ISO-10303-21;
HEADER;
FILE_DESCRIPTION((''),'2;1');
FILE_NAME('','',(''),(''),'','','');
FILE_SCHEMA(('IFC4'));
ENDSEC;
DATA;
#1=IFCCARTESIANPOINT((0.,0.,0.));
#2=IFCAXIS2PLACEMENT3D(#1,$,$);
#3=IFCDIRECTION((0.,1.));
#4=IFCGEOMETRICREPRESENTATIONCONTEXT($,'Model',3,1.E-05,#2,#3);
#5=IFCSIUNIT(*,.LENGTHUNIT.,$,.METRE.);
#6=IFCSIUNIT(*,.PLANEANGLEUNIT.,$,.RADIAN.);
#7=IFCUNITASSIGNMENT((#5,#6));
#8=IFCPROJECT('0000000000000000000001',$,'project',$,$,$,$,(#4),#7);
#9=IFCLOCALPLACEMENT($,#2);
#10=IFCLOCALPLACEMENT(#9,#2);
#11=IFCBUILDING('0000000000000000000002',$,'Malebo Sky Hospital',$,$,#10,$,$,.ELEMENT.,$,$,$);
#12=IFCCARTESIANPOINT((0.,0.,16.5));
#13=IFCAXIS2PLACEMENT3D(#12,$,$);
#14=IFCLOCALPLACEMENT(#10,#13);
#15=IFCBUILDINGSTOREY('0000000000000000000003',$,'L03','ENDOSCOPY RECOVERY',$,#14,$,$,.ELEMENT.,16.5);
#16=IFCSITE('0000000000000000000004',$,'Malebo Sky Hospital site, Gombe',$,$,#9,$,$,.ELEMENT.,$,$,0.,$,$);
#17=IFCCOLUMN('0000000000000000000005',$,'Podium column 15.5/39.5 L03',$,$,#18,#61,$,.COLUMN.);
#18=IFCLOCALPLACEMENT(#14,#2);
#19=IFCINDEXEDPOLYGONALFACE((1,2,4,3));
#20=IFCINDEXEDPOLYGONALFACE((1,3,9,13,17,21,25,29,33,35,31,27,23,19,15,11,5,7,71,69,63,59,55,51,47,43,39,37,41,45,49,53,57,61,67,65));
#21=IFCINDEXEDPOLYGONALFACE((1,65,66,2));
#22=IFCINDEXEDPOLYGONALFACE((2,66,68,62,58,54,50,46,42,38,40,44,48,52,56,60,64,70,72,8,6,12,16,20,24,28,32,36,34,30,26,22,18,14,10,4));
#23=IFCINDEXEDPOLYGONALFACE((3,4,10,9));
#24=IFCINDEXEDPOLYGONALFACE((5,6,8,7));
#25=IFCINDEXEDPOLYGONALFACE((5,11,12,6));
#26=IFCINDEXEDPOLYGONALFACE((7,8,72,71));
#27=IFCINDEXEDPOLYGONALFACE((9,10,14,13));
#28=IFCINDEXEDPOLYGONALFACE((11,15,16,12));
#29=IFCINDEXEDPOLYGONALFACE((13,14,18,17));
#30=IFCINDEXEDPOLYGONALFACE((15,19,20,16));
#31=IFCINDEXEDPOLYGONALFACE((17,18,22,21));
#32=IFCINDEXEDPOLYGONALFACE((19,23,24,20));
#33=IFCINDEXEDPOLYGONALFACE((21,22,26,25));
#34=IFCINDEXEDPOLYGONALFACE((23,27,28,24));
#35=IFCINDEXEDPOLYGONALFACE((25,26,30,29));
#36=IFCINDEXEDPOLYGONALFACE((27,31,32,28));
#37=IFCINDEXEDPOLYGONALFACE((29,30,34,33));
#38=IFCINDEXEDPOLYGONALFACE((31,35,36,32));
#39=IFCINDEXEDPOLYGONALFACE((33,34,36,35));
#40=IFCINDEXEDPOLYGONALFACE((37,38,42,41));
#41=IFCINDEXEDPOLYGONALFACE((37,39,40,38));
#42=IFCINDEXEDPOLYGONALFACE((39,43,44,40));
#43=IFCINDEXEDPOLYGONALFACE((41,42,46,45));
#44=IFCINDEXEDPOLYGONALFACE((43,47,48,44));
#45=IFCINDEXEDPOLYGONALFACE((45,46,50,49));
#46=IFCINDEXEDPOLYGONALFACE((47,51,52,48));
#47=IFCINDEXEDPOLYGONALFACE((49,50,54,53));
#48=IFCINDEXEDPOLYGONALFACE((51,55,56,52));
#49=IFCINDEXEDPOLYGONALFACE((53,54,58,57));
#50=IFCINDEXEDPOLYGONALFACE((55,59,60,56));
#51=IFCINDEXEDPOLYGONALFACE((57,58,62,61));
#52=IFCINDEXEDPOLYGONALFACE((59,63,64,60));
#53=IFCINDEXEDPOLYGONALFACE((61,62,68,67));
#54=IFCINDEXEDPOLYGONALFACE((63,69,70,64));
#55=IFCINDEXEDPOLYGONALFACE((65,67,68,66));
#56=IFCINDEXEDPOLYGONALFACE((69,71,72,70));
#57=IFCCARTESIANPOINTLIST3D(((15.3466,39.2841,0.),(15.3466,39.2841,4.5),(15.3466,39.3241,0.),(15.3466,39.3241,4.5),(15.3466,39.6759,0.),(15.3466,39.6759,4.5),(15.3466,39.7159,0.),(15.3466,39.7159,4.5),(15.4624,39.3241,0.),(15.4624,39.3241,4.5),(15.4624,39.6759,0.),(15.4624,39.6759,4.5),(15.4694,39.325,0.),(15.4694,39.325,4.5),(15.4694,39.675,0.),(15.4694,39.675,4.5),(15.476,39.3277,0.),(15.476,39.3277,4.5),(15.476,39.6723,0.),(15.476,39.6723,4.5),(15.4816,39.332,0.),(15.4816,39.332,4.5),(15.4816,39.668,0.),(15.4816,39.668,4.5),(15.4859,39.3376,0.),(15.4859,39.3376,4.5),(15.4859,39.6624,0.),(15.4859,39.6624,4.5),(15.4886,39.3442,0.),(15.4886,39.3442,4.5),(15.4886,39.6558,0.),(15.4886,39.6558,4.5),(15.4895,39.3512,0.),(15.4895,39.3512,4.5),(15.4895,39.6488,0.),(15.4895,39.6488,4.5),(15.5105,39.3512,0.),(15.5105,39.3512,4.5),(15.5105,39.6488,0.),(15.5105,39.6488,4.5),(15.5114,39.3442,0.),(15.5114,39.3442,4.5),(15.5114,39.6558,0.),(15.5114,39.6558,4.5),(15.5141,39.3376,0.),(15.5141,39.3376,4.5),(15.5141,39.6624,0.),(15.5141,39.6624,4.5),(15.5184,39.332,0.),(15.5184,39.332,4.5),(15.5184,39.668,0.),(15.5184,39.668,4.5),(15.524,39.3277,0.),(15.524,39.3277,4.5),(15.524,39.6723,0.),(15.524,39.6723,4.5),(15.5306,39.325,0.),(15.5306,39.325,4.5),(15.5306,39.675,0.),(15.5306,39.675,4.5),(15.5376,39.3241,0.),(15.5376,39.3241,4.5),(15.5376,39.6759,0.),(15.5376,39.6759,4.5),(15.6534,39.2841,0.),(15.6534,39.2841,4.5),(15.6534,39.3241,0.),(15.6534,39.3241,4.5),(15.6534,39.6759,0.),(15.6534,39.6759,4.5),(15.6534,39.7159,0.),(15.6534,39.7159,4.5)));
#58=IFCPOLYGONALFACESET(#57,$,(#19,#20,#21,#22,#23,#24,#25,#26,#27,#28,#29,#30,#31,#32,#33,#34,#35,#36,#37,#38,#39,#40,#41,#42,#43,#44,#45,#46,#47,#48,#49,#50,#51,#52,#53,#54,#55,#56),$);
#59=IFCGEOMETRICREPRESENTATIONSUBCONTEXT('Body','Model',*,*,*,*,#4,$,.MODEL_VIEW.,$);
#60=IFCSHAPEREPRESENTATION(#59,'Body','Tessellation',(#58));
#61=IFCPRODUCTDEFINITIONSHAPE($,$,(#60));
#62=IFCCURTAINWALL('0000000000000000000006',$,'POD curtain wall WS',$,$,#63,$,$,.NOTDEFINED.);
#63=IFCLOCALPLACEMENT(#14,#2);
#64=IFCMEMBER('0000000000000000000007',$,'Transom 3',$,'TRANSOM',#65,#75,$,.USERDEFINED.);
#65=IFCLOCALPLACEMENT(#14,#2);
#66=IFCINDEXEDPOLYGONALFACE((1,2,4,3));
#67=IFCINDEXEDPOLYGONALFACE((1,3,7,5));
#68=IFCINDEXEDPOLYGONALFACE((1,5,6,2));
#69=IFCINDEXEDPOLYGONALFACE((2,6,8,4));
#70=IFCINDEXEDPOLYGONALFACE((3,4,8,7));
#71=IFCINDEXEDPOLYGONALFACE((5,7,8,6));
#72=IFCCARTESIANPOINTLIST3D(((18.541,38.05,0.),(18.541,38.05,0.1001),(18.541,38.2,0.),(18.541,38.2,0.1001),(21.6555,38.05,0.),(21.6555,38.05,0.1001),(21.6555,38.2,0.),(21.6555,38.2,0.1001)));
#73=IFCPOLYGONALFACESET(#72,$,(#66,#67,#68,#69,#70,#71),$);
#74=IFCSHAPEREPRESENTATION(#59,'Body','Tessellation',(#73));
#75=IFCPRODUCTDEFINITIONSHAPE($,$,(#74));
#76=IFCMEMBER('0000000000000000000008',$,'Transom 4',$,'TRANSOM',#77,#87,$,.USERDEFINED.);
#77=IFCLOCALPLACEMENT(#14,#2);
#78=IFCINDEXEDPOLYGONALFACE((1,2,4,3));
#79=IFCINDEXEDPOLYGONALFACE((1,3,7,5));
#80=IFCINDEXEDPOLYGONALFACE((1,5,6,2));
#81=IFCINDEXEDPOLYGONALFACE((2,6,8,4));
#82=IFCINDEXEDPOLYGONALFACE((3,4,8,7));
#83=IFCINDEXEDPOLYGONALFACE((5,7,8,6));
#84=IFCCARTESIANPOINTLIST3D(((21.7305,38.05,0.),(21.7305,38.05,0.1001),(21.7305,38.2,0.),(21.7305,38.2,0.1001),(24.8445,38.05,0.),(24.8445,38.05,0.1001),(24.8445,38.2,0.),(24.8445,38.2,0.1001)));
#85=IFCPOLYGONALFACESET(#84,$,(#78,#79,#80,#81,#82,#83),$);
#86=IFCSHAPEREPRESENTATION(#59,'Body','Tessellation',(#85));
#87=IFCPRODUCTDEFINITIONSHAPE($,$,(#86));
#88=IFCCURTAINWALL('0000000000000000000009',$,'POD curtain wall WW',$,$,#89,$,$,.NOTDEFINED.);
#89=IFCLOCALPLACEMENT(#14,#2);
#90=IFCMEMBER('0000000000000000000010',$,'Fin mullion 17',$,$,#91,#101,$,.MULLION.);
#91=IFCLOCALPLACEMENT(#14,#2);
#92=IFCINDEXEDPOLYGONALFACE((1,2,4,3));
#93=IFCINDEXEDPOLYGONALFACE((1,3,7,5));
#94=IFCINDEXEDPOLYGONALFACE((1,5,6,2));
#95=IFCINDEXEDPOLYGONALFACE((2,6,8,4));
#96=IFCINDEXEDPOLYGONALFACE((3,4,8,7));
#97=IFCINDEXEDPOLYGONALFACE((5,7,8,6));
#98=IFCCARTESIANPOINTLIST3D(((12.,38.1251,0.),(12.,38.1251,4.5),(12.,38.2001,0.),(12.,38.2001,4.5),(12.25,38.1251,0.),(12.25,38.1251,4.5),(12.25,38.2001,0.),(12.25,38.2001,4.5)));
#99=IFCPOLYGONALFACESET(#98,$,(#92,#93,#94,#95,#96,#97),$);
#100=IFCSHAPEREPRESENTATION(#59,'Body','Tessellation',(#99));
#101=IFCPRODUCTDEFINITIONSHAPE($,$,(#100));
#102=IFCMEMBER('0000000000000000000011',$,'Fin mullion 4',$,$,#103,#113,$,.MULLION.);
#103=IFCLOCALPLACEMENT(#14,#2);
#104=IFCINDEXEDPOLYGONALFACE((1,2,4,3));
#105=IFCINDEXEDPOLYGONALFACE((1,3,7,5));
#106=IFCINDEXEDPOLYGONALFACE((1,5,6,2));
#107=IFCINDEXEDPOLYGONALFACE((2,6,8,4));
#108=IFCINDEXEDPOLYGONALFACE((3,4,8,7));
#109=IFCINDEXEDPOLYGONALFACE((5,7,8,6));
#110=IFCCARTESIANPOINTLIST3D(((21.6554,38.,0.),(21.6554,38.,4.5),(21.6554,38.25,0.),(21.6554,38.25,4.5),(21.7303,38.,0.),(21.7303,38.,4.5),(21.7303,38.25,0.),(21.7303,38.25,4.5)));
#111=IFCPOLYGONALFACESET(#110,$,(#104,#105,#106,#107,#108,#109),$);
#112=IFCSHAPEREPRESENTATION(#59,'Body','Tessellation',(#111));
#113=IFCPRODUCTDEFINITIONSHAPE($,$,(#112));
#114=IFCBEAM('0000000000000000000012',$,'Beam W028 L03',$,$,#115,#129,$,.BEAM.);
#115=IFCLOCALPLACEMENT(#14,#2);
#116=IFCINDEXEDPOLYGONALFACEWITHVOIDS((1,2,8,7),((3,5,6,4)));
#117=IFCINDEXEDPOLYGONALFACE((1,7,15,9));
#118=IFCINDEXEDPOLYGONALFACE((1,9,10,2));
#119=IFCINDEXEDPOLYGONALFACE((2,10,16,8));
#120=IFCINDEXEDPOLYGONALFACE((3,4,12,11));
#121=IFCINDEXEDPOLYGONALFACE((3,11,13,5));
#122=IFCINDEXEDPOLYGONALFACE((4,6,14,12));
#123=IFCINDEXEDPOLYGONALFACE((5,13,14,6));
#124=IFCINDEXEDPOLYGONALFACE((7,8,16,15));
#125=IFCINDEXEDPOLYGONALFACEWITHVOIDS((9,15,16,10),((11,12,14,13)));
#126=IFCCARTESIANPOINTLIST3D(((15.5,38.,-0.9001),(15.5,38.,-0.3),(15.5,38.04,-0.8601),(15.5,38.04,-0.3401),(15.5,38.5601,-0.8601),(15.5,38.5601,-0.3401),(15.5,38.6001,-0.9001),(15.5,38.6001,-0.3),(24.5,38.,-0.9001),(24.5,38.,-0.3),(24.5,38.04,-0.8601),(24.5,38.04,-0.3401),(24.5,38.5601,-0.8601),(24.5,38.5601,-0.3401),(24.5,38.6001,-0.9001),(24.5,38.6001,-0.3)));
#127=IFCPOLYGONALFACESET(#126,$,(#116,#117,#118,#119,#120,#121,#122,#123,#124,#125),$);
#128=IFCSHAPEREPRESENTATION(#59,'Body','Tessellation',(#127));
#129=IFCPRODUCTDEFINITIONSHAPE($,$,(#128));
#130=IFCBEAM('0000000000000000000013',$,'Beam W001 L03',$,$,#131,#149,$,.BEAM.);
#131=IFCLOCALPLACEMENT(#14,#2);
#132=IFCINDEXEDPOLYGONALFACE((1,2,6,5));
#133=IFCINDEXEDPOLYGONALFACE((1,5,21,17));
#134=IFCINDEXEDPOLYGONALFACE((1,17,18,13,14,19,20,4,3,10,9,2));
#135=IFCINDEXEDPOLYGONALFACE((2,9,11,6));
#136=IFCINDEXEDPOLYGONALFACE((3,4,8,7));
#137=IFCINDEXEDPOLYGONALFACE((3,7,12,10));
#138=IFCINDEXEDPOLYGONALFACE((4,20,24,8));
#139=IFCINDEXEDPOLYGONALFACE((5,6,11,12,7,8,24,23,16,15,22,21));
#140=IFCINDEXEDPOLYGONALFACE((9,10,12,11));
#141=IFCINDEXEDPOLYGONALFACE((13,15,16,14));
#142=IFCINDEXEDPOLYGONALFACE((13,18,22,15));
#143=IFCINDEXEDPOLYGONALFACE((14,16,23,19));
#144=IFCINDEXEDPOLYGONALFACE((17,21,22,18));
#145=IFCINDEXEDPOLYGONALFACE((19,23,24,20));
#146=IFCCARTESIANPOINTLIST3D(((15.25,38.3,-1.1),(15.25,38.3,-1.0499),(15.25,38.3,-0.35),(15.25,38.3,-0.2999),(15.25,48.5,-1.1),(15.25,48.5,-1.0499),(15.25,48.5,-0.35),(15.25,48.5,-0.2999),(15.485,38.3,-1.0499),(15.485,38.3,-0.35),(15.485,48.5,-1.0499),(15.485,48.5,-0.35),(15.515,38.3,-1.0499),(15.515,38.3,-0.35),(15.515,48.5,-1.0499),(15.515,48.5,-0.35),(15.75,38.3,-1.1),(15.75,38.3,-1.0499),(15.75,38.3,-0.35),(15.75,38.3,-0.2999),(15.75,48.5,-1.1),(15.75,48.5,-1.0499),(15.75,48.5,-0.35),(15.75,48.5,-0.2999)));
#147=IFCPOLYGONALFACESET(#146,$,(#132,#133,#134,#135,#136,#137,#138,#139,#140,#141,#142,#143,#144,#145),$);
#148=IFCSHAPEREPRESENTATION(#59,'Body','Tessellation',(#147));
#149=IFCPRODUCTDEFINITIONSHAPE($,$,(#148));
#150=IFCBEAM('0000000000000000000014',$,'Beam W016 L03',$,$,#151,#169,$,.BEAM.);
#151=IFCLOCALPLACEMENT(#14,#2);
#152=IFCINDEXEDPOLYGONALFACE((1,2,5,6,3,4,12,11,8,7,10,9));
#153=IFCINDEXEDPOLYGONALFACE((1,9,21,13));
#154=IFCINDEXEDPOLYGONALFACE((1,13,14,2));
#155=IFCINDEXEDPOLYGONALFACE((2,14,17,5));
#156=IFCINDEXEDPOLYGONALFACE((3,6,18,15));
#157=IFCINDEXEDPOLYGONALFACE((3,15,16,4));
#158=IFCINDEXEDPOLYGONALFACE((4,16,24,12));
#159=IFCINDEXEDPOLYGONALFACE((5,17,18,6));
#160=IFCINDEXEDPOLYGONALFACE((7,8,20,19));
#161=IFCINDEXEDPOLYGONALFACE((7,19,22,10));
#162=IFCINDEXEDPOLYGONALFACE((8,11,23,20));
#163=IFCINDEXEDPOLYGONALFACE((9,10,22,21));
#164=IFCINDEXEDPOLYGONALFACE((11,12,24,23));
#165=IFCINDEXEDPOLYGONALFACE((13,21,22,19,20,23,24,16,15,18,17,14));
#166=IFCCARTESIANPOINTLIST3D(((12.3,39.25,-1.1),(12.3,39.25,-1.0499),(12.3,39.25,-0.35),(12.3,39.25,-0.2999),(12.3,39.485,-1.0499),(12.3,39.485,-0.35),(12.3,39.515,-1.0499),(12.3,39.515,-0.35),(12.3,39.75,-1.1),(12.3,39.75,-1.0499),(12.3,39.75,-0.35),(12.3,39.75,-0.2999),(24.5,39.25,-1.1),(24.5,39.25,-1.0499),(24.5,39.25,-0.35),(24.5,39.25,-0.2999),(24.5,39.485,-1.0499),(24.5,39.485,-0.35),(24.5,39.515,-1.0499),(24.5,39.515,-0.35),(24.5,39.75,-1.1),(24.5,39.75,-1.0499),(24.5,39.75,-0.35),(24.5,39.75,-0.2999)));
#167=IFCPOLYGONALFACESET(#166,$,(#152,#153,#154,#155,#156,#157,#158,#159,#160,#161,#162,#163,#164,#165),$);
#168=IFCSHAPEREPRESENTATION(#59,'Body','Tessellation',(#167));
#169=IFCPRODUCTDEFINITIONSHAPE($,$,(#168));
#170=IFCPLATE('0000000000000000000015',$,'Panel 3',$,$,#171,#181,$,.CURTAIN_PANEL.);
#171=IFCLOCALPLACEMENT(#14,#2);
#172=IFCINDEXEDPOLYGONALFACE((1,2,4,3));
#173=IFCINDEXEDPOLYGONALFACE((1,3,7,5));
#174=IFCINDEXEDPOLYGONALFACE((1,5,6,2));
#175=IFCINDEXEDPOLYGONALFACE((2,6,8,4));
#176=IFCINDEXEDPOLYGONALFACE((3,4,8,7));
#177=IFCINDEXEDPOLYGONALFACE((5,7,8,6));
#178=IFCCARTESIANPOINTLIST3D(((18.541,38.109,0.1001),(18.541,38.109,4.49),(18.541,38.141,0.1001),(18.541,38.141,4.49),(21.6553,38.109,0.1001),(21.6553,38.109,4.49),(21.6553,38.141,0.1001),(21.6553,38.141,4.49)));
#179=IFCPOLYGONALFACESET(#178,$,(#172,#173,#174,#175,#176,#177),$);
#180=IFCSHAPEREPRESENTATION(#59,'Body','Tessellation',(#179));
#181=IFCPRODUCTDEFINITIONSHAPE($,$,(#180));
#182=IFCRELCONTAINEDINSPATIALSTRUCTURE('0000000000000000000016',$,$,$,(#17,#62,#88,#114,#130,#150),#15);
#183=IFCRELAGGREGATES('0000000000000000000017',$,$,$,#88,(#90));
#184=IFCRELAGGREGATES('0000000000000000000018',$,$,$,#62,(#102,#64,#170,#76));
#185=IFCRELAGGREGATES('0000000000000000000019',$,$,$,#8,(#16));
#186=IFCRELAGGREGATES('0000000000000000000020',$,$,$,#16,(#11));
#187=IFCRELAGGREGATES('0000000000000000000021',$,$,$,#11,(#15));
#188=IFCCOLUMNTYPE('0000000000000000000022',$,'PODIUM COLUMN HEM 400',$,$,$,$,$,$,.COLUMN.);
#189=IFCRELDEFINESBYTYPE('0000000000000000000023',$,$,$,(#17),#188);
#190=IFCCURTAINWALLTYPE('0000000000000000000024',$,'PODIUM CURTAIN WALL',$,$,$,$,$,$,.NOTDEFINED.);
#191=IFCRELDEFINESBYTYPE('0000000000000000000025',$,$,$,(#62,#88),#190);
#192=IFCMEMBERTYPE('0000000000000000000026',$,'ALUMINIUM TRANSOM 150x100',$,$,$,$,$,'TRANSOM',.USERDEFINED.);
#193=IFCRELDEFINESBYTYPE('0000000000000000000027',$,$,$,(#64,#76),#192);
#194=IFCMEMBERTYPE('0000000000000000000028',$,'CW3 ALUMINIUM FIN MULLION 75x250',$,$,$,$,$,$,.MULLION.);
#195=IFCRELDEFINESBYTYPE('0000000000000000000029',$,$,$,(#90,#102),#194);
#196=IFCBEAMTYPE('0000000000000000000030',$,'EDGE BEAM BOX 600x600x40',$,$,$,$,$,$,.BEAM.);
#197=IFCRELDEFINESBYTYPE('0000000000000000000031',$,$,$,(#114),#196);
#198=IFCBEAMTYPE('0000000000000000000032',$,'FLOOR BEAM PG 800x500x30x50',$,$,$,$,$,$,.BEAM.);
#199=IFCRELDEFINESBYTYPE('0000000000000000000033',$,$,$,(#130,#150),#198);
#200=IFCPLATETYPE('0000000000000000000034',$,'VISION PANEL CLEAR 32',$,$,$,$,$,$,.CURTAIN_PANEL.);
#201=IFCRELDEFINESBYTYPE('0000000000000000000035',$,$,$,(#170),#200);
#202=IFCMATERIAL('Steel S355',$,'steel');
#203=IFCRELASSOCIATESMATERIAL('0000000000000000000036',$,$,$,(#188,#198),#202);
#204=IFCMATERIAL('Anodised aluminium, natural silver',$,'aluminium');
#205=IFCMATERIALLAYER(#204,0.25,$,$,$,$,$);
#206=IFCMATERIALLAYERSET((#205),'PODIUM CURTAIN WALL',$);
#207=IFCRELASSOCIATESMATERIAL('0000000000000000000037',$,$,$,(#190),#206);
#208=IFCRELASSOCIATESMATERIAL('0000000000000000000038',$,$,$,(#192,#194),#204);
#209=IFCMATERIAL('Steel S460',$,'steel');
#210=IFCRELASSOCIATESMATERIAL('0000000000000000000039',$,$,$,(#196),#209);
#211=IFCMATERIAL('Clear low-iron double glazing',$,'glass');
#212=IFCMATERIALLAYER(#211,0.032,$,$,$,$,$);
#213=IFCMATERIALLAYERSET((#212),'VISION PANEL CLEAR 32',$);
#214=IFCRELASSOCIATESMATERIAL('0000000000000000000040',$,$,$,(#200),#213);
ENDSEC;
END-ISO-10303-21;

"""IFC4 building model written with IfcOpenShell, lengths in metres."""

from ifc_helpers import new_model, si_unit, direction, frame, origin, origin_2d, place, context, subcontext, project, spatial, rectangle, hollow_rectangle, i_section, extrude, material, layer, layer_set, material_profile, profile_set, type_object, element, aggregate, save


model = new_model("IFC4")

# Units and contexts
model_context = context("Model", 3, precision=1e-05, world=origin(), true_north=direction((0.0, 1.0)))
body_context = subcontext(model_context, "Body", "Model", "MODEL_VIEW")
ifc_project = project(units=[si_unit("LENGTHUNIT", "METRE"), si_unit("PLANEANGLEUNIT", "RADIAN")], contexts=[model_context])

# Site, building, storey
site_placement = place(None, origin())
site = spatial("IfcSite", under=ifc_project, at=site_placement, Name="Malebo Sky Hospital site, Gombe", CompositionType="ELEMENT", RefElevation=0.0)
building_placement = place(site_placement, origin())
building = spatial("IfcBuilding", under=site, at=building_placement, Name="Malebo Sky Hospital", CompositionType="ELEMENT")
storey_placement = place(building_placement, frame((0.0, 0.0, 16.5)))
storey = spatial("IfcBuildingStorey", under=building, at=storey_placement, Name="L03", Description="ENDOSCOPY RECOVERY", CompositionType="ELEMENT", Elevation=16.5)

# Column
ifc_material_1 = material(Name="Steel S355", Category="steel")
ifc_material_profile_1 = material_profile(ifc_material_1, i_section(OverallWidth=0.3069, OverallDepth=0.4319, WebThickness=0.021, FlangeThickness=0.04, FilletRadius=0.0271, at=origin_2d()), Name="HEM 400")
ifc_profile_set_1 = profile_set([ifc_material_profile_1], Name="Steel S355")
column_type = type_object("IfcColumnType", Name="PODIUM COLUMN HEM 400", PredefinedType="COLUMN", material=ifc_profile_set_1)
column_placement = place(storey_placement, frame((15.5, 39.5, 0.0), z_axis=(0.0, 0.0, 1.0), x_axis=(1.0, 0.0, 0.0)))
element("IfcColumn", 1, at=column_placement, inside=storey, type_object=column_type, Name="Podium column 15.5/39.5 L03", PredefinedType="COLUMN", context=body_context, shape_type="SweptSolid", body=[
    extrude(i_section(OverallWidth=0.3069, OverallDepth=0.4319, WebThickness=0.021, FlangeThickness=0.04, FilletRadius=0.0271, at=origin_2d()), origin(), (0.0, 0.0, 1.0), 4.5),
])

# Curtain wall, members
ifc_material_2 = material(Name="Anodised aluminium, natural silver", Category="aluminium")
ifc_layer_1 = layer(ifc_material_2, 0.25)
ifc_layer_set_1 = layer_set([ifc_layer_1], Name="PODIUM CURTAIN WALL")
curtain_wall_type = type_object("IfcCurtainWallType", Name="PODIUM CURTAIN WALL", PredefinedType="NOTDEFINED", material=ifc_layer_set_1)
curtain_wall_1_placement = place(storey_placement, origin())
curtain_wall_1 = element("IfcCurtainWall", 2, at=curtain_wall_1_placement, inside=storey, type_object=curtain_wall_type, Name="POD curtain wall WS", PredefinedType="NOTDEFINED")
ifc_material_profile_2 = material_profile(ifc_material_2, rectangle(XDim=0.1499, YDim=0.1001, at=origin_2d()), Name="ALUMINIUM TRANSOM 150x100")
ifc_profile_set_2 = profile_set([ifc_material_profile_2], Name="Anodised aluminium, natural silver")
member_type_1 = type_object("IfcMemberType", Name="ALUMINIUM TRANSOM 150x100", ElementType="TRANSOM", PredefinedType="USERDEFINED", material=ifc_profile_set_2)
member_1_placement = place(storey_placement, frame((18.541, 38.125, 0.05), z_axis=(1.0, 0.0, 0.0), x_axis=(0.0, 1.0, 0.0)))
member_1 = element("IfcMember", 3, at=member_1_placement, type_object=member_type_1, Name="Transom 3", ObjectType="TRANSOM", PredefinedType="USERDEFINED", context=body_context, shape_type="SweptSolid", body=[
    extrude(rectangle(XDim=0.1499, YDim=0.1001, at=origin_2d()), origin(), (0.0, 0.0, 1.0), 3.1145),
])
member_2_placement = place(storey_placement, frame((21.7305, 38.125, 0.05), z_axis=(1.0, 0.0, 0.0), x_axis=(0.0, 1.0, 0.0)))
member_2 = element("IfcMember", 4, at=member_2_placement, type_object=member_type_1, Name="Transom 4", ObjectType="TRANSOM", PredefinedType="USERDEFINED", context=body_context, shape_type="SweptSolid", body=[
    extrude(rectangle(XDim=0.1499, YDim=0.1001, at=origin_2d()), origin(), (0.0, 0.0, 1.0), 3.114),
])

# Curtain wall, member
curtain_wall_2_placement = place(storey_placement, origin())
curtain_wall_2 = element("IfcCurtainWall", 5, at=curtain_wall_2_placement, inside=storey, type_object=curtain_wall_type, Name="POD curtain wall WW", PredefinedType="NOTDEFINED")
ifc_material_profile_3 = material_profile(ifc_material_2, rectangle(XDim=0.075, YDim=0.25, at=origin_2d()), Name="CW3 ALUMINIUM FIN MULLION 75x250")
ifc_profile_set_3 = profile_set([ifc_material_profile_3], Name="Anodised aluminium, natural silver")
member_type_2 = type_object("IfcMemberType", Name="CW3 ALUMINIUM FIN MULLION 75x250", PredefinedType="MULLION", material=ifc_profile_set_3)
member_3_placement = place(storey_placement, frame((12.125, 38.1626, 0.0), z_axis=(0.0, 0.0, 1.0), x_axis=(0.0, -1.0, 0.0)))
member_3 = element("IfcMember", 6, at=member_3_placement, type_object=member_type_2, Name="Fin mullion 17", PredefinedType="MULLION", context=body_context, shape_type="SweptSolid", body=[
    extrude(rectangle(XDim=0.075, YDim=0.25, at=origin_2d()), origin(), (0.0, 0.0, 1.0), 4.5),
])
aggregate(curtain_wall_2, [member_3])

# Member
member_4_placement = place(storey_placement, frame((21.6929, 38.125, 0.0), z_axis=(0.0, 0.0, 1.0), x_axis=(1.0, 0.0, 0.0)))
member_4 = element("IfcMember", 7, at=member_4_placement, type_object=member_type_2, Name="Fin mullion 4", PredefinedType="MULLION", context=body_context, shape_type="SweptSolid", body=[
    extrude(rectangle(XDim=0.075, YDim=0.25, at=origin_2d()), origin(), (0.0, 0.0, 1.0), 4.5),
])

# Beams
ifc_material_3 = material(Name="Steel S460", Category="steel")
ifc_material_profile_4 = material_profile(ifc_material_3, hollow_rectangle(XDim=0.6001, YDim=0.6001, WallThickness=0.04, at=origin_2d()), Name="BOX 600x600x40")
ifc_profile_set_4 = profile_set([ifc_material_profile_4], Name="Steel S460")
beam_type_1 = type_object("IfcBeamType", Name="EDGE BEAM BOX 600x600x40", PredefinedType="BEAM", material=ifc_profile_set_4)
beam_1_placement = place(storey_placement, frame((15.5, 38.3, -0.6001), z_axis=(1.0, 0.0, 0.0), x_axis=(0.0, 1.0, 0.0)))
element("IfcBeam", 8, at=beam_1_placement, inside=storey, type_object=beam_type_1, Name="Beam W028 L03", PredefinedType="BEAM", context=body_context, shape_type="SweptSolid", body=[
    extrude(hollow_rectangle(XDim=0.6001, YDim=0.6001, WallThickness=0.04, at=origin_2d()), origin(), (0.0, 0.0, 1.0), 9.0),
])
ifc_material_profile_5 = material_profile(ifc_material_1, i_section(OverallWidth=0.5, OverallDepth=0.8, WebThickness=0.03, FlangeThickness=0.05, at=origin_2d()), Name="PG 800x500x30x50")
ifc_profile_set_5 = profile_set([ifc_material_profile_5], Name="Steel S355")
beam_type_2 = type_object("IfcBeamType", Name="FLOOR BEAM PG 800x500x30x50", PredefinedType="BEAM", material=ifc_profile_set_5)
beam_2_placement = place(storey_placement, frame((15.5, 38.3, -0.7), z_axis=(0.0, 1.0, 0.0), x_axis=(-1.0, 0.0, 0.0)))
element("IfcBeam", 9, at=beam_2_placement, inside=storey, type_object=beam_type_2, Name="Beam W001 L03", PredefinedType="BEAM", context=body_context, shape_type="SweptSolid", body=[
    extrude(i_section(OverallWidth=0.5, OverallDepth=0.8, WebThickness=0.03, FlangeThickness=0.05, at=origin_2d()), origin(), (0.0, 0.0, 1.0), 10.2),
])
beam_3_placement = place(storey_placement, frame((12.3, 39.5, -0.7), z_axis=(1.0, 0.0, 0.0), x_axis=(0.0, 1.0, 0.0)))
element("IfcBeam", 10, at=beam_3_placement, inside=storey, type_object=beam_type_2, Name="Beam W016 L03", PredefinedType="BEAM", context=body_context, shape_type="SweptSolid", body=[
    extrude(i_section(OverallWidth=0.5, OverallDepth=0.8, WebThickness=0.03, FlangeThickness=0.05, at=origin_2d()), origin(), (0.0, 0.0, 1.0), 12.2),
])

# Plate
ifc_material_4 = material(Name="Clear low-iron double glazing", Category="glass")
ifc_layer_2 = layer(ifc_material_4, 0.032)
ifc_layer_set_2 = layer_set([ifc_layer_2], Name="VISION PANEL CLEAR 32")
plate_type = type_object("IfcPlateType", Name="VISION PANEL CLEAR 32", PredefinedType="CURTAIN_PANEL", material=ifc_layer_set_2)
plate_1_placement = place(storey_placement, frame((20.0981, 38.125, 0.1001), z_axis=(0.0, 0.0, 1.0), x_axis=(1.0, 0.0, 0.0)))
plate_1 = element("IfcPlate", 11, at=plate_1_placement, type_object=plate_type, Name="Panel 3", PredefinedType="CURTAIN_PANEL", context=body_context, shape_type="SweptSolid", body=[
    extrude(rectangle(XDim=3.1143, YDim=0.032, at=origin_2d()), origin(), (0.0, 0.0, 1.0), 4.3899),
])
aggregate(curtain_wall_1, [member_4, member_1, plate_1, member_2])

save(model, "model.ifc")
